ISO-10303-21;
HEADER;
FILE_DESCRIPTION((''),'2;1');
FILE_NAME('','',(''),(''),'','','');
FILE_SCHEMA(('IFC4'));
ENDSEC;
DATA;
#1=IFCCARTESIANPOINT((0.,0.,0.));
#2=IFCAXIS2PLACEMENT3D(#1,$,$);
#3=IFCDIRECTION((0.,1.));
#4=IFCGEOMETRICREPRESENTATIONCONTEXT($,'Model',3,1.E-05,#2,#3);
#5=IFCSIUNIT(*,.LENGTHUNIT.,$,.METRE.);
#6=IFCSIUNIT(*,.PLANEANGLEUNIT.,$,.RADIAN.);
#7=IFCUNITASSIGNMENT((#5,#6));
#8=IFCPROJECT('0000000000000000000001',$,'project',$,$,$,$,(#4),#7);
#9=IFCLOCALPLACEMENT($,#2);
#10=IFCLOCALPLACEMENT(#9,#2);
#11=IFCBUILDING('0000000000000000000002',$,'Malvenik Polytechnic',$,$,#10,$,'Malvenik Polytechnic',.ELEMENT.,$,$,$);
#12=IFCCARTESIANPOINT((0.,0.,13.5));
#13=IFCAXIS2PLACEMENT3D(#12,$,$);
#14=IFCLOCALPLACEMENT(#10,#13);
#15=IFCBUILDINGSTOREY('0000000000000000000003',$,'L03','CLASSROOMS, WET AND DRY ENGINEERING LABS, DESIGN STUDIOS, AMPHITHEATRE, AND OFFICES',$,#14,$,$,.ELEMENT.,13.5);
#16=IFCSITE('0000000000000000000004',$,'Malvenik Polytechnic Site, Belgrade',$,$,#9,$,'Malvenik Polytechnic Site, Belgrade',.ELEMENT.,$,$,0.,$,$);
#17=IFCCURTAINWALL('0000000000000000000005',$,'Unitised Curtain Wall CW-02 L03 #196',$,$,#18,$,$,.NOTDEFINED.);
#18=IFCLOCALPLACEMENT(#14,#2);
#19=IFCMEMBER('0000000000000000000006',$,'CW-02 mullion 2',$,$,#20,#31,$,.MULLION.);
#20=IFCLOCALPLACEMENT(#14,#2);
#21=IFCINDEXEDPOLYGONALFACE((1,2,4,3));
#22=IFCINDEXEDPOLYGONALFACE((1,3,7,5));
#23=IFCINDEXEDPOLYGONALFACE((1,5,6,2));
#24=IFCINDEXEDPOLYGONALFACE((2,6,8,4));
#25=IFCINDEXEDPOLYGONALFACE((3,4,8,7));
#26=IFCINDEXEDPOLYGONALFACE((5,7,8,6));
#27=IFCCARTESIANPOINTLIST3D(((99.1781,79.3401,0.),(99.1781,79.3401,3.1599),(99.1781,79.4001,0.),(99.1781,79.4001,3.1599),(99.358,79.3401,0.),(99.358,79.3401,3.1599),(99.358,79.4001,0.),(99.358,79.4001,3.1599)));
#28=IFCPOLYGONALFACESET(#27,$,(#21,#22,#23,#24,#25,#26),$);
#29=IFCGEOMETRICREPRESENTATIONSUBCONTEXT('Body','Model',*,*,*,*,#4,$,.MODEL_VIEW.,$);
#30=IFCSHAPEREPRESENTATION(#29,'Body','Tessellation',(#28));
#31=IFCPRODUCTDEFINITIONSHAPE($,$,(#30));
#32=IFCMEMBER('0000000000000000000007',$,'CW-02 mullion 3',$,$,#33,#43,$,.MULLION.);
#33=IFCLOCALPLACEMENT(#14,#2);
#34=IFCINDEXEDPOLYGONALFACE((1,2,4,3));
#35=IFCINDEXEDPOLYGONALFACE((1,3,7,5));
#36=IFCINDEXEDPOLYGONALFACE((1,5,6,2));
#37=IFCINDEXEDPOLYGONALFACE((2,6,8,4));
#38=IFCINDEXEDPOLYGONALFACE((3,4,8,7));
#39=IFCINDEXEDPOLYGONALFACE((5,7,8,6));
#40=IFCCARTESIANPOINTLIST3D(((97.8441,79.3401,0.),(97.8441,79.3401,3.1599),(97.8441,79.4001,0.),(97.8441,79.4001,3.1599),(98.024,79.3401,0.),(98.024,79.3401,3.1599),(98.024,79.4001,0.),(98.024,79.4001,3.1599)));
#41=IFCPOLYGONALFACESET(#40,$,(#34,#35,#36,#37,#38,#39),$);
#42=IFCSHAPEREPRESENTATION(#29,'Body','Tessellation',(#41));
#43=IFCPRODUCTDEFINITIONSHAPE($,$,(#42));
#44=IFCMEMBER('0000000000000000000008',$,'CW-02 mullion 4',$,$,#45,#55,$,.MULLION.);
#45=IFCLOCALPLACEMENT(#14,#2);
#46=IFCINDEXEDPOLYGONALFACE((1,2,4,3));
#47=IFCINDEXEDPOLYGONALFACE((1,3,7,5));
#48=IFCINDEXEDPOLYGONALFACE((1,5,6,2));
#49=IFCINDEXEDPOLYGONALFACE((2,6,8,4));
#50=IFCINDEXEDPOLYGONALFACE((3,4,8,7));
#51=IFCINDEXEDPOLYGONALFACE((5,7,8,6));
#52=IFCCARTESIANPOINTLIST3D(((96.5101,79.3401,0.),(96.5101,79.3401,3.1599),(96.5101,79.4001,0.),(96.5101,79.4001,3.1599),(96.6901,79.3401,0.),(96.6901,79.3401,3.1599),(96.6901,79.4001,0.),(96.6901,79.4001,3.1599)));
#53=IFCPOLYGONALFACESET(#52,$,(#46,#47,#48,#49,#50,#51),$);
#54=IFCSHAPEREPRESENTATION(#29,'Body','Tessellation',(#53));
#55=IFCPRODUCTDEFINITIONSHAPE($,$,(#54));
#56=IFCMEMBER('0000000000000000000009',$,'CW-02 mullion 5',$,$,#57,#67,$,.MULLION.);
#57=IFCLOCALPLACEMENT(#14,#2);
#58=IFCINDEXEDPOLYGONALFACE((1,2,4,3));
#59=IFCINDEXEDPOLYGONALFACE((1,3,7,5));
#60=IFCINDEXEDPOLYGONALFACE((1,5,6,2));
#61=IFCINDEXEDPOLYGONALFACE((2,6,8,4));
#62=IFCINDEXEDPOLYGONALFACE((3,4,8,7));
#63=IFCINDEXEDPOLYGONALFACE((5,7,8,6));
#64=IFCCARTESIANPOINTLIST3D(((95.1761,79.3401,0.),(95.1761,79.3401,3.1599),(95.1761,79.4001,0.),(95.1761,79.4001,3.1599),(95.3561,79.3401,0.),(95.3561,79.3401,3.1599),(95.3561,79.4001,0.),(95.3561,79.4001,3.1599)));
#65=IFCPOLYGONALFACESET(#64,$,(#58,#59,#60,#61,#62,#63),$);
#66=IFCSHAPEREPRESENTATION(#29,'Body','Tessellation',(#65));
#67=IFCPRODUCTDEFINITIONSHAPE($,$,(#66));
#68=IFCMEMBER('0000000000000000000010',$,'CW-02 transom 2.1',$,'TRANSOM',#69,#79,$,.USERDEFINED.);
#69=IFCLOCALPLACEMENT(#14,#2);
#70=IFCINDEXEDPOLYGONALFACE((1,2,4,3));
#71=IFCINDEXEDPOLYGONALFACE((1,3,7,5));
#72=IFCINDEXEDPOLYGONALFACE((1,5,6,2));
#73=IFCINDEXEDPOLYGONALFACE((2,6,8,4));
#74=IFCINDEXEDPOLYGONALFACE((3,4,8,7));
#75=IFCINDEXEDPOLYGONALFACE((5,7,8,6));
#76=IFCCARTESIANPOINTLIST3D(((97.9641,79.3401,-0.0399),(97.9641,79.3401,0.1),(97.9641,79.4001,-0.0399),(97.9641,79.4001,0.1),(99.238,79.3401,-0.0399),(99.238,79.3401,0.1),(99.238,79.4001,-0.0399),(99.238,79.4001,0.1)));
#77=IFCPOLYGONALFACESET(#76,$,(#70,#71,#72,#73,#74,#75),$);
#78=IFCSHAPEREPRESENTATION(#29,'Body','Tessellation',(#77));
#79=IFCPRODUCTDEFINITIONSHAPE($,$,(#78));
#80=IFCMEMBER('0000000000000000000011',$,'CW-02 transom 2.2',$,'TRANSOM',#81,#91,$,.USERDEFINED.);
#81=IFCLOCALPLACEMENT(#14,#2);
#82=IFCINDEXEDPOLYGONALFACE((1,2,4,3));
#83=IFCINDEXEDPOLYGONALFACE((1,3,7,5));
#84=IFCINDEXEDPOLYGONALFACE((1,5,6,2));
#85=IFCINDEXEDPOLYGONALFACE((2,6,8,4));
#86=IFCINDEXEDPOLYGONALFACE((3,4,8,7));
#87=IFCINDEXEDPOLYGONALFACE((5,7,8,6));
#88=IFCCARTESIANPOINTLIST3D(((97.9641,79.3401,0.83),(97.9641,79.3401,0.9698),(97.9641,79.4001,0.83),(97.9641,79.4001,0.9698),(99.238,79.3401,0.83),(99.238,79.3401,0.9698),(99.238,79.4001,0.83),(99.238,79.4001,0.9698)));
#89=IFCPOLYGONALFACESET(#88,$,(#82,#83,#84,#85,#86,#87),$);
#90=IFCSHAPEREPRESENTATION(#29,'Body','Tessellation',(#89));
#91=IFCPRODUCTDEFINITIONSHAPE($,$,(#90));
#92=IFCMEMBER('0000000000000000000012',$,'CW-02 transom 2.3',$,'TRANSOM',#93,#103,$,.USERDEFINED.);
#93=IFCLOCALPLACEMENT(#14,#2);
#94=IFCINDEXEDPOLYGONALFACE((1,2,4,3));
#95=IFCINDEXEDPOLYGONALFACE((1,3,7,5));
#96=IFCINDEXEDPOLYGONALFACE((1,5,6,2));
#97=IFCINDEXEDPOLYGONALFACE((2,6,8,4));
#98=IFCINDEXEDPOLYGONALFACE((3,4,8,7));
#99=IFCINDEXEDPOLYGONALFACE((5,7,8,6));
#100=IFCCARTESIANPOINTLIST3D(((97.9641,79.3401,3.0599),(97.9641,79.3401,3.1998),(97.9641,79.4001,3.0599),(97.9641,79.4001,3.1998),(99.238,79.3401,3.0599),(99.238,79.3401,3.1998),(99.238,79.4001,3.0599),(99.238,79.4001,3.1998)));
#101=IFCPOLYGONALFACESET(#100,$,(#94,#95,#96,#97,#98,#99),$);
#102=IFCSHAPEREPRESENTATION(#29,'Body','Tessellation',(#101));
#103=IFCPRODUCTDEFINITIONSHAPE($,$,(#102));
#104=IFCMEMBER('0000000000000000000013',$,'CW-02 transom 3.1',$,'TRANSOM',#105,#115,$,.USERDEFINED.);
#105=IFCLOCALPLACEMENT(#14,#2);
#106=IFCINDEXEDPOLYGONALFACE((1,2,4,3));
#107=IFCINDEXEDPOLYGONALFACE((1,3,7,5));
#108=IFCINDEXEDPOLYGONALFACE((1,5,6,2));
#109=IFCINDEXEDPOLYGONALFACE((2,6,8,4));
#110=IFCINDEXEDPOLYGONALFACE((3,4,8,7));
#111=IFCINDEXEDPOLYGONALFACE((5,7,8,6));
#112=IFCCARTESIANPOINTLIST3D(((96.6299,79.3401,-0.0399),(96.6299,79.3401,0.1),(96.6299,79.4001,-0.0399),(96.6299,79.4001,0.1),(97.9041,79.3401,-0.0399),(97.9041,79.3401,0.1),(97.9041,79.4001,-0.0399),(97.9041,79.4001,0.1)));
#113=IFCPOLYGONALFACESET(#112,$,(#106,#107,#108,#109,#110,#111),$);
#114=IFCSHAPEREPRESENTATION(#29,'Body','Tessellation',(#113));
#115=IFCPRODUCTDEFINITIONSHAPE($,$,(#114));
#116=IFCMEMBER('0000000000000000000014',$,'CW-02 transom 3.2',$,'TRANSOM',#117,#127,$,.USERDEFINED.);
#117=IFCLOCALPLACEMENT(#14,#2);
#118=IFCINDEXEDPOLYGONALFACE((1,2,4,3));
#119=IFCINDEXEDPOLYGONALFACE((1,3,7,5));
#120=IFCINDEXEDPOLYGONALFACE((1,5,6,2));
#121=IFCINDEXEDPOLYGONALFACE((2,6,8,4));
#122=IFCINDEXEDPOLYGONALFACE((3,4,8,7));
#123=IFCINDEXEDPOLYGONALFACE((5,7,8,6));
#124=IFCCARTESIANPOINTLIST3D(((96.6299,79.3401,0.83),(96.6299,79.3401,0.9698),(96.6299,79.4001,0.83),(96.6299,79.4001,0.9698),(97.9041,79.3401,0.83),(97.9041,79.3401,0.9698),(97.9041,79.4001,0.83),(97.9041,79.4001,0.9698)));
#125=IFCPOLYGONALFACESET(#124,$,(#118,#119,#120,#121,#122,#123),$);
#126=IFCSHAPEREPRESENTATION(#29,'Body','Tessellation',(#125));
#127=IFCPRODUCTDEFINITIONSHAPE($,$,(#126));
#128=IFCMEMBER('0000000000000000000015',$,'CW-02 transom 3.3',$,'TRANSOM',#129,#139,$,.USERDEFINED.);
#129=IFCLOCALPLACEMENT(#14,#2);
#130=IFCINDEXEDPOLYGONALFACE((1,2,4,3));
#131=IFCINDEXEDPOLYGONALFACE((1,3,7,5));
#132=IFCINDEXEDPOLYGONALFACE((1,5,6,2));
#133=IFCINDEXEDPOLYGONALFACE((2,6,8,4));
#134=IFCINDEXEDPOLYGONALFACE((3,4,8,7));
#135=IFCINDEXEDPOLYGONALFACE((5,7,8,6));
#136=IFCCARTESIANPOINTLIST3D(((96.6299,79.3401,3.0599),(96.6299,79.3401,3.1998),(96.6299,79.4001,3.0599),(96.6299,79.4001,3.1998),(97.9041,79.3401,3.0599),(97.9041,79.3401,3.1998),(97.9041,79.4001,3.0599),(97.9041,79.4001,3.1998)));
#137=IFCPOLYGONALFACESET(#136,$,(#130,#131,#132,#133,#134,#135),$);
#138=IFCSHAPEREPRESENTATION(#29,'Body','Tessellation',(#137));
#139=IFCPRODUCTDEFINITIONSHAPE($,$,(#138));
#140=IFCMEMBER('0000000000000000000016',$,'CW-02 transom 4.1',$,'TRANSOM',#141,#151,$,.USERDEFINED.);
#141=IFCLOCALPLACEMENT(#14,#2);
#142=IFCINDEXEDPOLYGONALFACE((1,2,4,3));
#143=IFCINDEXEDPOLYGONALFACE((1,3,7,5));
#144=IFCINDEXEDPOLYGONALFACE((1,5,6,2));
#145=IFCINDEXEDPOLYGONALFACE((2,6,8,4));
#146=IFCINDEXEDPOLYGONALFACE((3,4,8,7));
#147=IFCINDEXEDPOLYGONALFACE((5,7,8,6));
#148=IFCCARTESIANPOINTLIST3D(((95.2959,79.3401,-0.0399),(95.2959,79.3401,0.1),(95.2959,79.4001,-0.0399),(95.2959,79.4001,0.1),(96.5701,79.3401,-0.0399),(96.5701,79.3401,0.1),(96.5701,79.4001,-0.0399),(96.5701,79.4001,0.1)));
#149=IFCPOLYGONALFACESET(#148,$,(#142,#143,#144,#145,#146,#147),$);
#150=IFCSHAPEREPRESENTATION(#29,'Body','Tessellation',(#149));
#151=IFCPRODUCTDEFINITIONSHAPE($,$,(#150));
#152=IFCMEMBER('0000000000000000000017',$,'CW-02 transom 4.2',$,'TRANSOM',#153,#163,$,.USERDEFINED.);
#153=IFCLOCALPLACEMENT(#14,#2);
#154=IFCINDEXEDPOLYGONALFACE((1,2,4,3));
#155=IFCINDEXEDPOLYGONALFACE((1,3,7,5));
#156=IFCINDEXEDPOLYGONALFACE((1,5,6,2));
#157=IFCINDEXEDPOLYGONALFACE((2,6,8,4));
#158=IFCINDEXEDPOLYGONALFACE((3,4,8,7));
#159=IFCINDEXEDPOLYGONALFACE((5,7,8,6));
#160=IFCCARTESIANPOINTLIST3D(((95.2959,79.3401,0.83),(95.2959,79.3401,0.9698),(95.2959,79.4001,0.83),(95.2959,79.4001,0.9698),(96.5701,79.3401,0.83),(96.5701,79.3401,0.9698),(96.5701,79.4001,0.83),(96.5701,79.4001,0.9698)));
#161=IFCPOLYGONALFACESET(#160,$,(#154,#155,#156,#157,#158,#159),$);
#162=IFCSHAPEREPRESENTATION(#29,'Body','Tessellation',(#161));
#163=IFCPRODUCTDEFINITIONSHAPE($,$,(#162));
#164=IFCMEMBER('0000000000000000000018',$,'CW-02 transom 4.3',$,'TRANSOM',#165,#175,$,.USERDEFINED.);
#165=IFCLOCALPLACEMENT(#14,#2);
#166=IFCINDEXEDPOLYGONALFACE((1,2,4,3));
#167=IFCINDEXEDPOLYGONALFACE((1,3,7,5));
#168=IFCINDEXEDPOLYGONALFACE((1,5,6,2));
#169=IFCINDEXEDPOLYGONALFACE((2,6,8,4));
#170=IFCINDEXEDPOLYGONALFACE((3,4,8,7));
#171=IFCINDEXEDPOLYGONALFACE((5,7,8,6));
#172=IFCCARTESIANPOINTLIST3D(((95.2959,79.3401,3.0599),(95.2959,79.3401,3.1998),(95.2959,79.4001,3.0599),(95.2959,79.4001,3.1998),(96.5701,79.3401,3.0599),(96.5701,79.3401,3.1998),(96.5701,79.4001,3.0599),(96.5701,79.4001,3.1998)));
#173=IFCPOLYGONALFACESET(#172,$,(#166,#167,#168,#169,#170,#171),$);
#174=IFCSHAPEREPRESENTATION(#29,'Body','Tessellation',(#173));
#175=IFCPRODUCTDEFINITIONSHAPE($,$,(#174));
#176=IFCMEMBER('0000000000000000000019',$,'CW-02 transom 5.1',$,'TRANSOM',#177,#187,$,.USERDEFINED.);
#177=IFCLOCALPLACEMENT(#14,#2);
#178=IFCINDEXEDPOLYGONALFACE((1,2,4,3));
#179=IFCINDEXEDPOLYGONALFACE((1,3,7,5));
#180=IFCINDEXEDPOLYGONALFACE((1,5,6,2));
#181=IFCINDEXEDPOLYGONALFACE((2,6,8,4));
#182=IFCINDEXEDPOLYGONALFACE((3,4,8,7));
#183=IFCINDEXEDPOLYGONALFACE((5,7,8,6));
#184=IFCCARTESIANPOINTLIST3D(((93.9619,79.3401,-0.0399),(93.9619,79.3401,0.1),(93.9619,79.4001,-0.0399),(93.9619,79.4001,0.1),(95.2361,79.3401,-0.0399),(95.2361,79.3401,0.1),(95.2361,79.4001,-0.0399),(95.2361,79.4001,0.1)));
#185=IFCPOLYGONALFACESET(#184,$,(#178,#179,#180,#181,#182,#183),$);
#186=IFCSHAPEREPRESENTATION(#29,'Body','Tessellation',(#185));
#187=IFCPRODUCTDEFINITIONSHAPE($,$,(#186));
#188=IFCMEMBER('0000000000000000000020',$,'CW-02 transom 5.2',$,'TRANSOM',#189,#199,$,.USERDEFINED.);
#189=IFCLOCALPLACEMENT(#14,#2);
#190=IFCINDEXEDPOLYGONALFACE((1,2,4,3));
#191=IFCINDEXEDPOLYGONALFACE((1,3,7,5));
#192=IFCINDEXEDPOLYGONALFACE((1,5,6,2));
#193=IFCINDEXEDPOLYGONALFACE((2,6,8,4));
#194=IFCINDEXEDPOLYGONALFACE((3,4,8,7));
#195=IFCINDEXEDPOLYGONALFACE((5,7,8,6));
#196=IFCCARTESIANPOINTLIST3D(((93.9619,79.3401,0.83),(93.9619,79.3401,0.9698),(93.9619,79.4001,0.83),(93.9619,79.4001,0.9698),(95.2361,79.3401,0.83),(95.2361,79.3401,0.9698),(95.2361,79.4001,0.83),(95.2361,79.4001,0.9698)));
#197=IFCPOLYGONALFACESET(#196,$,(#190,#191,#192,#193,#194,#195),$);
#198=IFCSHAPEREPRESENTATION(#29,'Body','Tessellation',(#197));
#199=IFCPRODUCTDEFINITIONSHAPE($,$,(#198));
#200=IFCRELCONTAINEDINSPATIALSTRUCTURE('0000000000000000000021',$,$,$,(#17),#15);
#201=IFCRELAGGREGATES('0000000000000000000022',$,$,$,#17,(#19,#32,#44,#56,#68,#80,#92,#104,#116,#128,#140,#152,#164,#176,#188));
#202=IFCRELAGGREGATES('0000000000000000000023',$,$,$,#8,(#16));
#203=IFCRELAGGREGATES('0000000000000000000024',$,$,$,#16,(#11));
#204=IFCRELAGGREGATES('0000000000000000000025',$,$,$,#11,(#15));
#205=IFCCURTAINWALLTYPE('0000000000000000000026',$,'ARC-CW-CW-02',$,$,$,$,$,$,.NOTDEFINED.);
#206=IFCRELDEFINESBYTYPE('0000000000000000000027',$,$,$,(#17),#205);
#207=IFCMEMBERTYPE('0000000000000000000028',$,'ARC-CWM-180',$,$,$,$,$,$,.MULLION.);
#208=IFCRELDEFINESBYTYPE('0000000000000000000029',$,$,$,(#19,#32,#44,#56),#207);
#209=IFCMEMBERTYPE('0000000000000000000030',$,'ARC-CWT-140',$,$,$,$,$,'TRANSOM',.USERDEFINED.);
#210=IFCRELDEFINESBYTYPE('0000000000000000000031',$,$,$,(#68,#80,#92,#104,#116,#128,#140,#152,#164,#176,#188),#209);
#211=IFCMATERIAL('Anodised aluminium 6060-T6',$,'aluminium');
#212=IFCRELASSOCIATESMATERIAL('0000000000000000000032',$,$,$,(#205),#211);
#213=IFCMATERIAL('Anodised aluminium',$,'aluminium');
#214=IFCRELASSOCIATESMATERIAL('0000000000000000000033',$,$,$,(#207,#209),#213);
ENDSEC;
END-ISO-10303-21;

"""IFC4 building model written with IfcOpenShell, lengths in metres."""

from ifc_helpers import new_model, si_unit, direction, frame, origin, origin_2d, place, context, subcontext, project, spatial, rectangle, extrude, material, material_profile, profile_set, type_object, element, aggregate, save


model = new_model("IFC4")

# Units and contexts
model_context = context("Model", 3, precision=1e-05, world=origin(), true_north=direction((0.0, 1.0)))
body_context = subcontext(model_context, "Body", "Model", "MODEL_VIEW")
ifc_project = project(units=[si_unit("LENGTHUNIT", "METRE"), si_unit("PLANEANGLEUNIT", "RADIAN")], contexts=[model_context])

# Site, building, storey
site_placement = place(None, origin())
site = spatial("IfcSite", under=ifc_project, at=site_placement, Name="Malvenik Polytechnic Site, Belgrade", LongName="Malvenik Polytechnic Site, Belgrade", CompositionType="ELEMENT", RefElevation=0.0)
building_placement = place(site_placement, origin())
building = spatial("IfcBuilding", under=site, at=building_placement, Name="Malvenik Polytechnic", LongName="Malvenik Polytechnic", CompositionType="ELEMENT")
storey_placement = place(building_placement, frame((0.0, 0.0, 13.5)))
storey = spatial("IfcBuildingStorey", under=building, at=storey_placement, Name="L03", Description="CLASSROOMS, WET AND DRY ENGINEERING LABS, DESIGN STUDIOS, AMPHITHEATRE, AND OFFICES", CompositionType="ELEMENT", Elevation=13.5)

# Curtain wall, members
ifc_material_1 = material(Name="Anodised aluminium 6060-T6", Category="aluminium")
curtain_wall_type = type_object("IfcCurtainWallType", Name="ARC-CW-CW-02", PredefinedType="NOTDEFINED", material=ifc_material_1)
curtain_wall_placement = place(storey_placement, origin())
curtain_wall = element("IfcCurtainWall", 1, at=curtain_wall_placement, inside=storey, type_object=curtain_wall_type, Name="Unitised Curtain Wall CW-02 L03 #196", PredefinedType="NOTDEFINED")
ifc_material_2 = material(Name="Anodised aluminium", Category="aluminium")
ifc_material_profile_1 = material_profile(ifc_material_2, rectangle(XDim=0.0601, YDim=0.1799, at=origin_2d()), Name="ALU MULLION 60x180")
ifc_profile_set_1 = profile_set([ifc_material_profile_1], Name="Anodised aluminium")
member_type_1 = type_object("IfcMemberType", Name="ARC-CWM-180", PredefinedType="MULLION", material=ifc_profile_set_1)
member_1_placement = place(storey_placement, frame((99.2681, 79.3701, 0.0), z_axis=(0.0, 0.0, 1.0), x_axis=(0.0, -1.0, 0.0)))
member_1 = element("IfcMember", 2, at=member_1_placement, type_object=member_type_1, Name="CW-02 mullion 2", PredefinedType="MULLION", context=body_context, shape_type="SweptSolid", body=[
    extrude(rectangle(XDim=0.0601, YDim=0.1799, at=origin_2d()), origin(), (0.0, 0.0, 1.0), 3.1599),
])
member_2_placement = place(storey_placement, frame((97.9341, 79.3701, 0.0), z_axis=(0.0, 0.0, 1.0), x_axis=(0.0, -1.0, 0.0)))
member_2 = element("IfcMember", 3, at=member_2_placement, type_object=member_type_1, Name="CW-02 mullion 3", PredefinedType="MULLION", context=body_context, shape_type="SweptSolid", body=[
    extrude(rectangle(XDim=0.0601, YDim=0.1799, at=origin_2d()), origin(), (0.0, 0.0, 1.0), 3.1599),
])
member_3_placement = place(storey_placement, frame((96.6001, 79.3701, 0.0), z_axis=(0.0, 0.0, 1.0), x_axis=(0.0, -1.0, 0.0)))
member_3 = element("IfcMember", 4, at=member_3_placement, type_object=member_type_1, Name="CW-02 mullion 4", PredefinedType="MULLION", context=body_context, shape_type="SweptSolid", body=[
    extrude(rectangle(XDim=0.0601, YDim=0.1799, at=origin_2d()), origin(), (0.0, 0.0, 1.0), 3.1599),
])
member_4_placement = place(storey_placement, frame((95.2661, 79.3701, 0.0), z_axis=(0.0, 0.0, 1.0), x_axis=(0.0, -1.0, 0.0)))
member_4 = element("IfcMember", 5, at=member_4_placement, type_object=member_type_1, Name="CW-02 mullion 5", PredefinedType="MULLION", context=body_context, shape_type="SweptSolid", body=[
    extrude(rectangle(XDim=0.0601, YDim=0.1799, at=origin_2d()), origin(), (0.0, 0.0, 1.0), 3.1599),
])
ifc_material_profile_2 = material_profile(ifc_material_2, rectangle(XDim=0.0601, YDim=0.1399, at=origin_2d()), Name="ALU TRANSOM 60x140")
ifc_profile_set_2 = profile_set([ifc_material_profile_2], Name="Anodised aluminium")
member_type_2 = type_object("IfcMemberType", Name="ARC-CWT-140", ElementType="TRANSOM", PredefinedType="USERDEFINED", material=ifc_profile_set_2)
member_5_placement = place(storey_placement, frame((99.238, 79.3701, 0.03), z_axis=(-1.0, 0.0, 0.0), x_axis=(0.0, -1.0, 0.0)))
member_5 = element("IfcMember", 6, at=member_5_placement, type_object=member_type_2, Name="CW-02 transom 2.1", ObjectType="TRANSOM", PredefinedType="USERDEFINED", context=body_context, shape_type="SweptSolid", body=[
    extrude(rectangle(XDim=0.0601, YDim=0.1399, at=origin_2d()), origin(), (0.0, 0.0, 1.0), 1.2739),
])
member_6_placement = place(storey_placement, frame((99.238, 79.3701, 0.8999), z_axis=(-1.0, 0.0, 0.0), x_axis=(0.0, -1.0, 0.0)))
member_6 = element("IfcMember", 7, at=member_6_placement, type_object=member_type_2, Name="CW-02 transom 2.2", ObjectType="TRANSOM", PredefinedType="USERDEFINED", context=body_context, shape_type="SweptSolid", body=[
    extrude(rectangle(XDim=0.0601, YDim=0.1399, at=origin_2d()), origin(), (0.0, 0.0, 1.0), 1.2739),
])
member_7_placement = place(storey_placement, frame((99.238, 79.3701, 3.1299), z_axis=(-1.0, 0.0, 0.0), x_axis=(0.0, -1.0, 0.0)))
member_7 = element("IfcMember", 8, at=member_7_placement, type_object=member_type_2, Name="CW-02 transom 2.3", ObjectType="TRANSOM", PredefinedType="USERDEFINED", context=body_context, shape_type="SweptSolid", body=[
    extrude(rectangle(XDim=0.0601, YDim=0.1399, at=origin_2d()), origin(), (0.0, 0.0, 1.0), 1.2739),
])
member_8_placement = place(storey_placement, frame((97.9041, 79.3701, 0.03), z_axis=(-1.0, 0.0, 0.0), x_axis=(0.0, -1.0, 0.0)))
member_8 = element("IfcMember", 9, at=member_8_placement, type_object=member_type_2, Name="CW-02 transom 3.1", ObjectType="TRANSOM", PredefinedType="USERDEFINED", context=body_context, shape_type="SweptSolid", body=[
    extrude(rectangle(XDim=0.0601, YDim=0.1399, at=origin_2d()), origin(), (0.0, 0.0, 1.0), 1.2742),
])
member_9_placement = place(storey_placement, frame((97.9041, 79.3701, 0.8999), z_axis=(-1.0, 0.0, 0.0), x_axis=(0.0, -1.0, 0.0)))
member_9 = element("IfcMember", 10, at=member_9_placement, type_object=member_type_2, Name="CW-02 transom 3.2", ObjectType="TRANSOM", PredefinedType="USERDEFINED", context=body_context, shape_type="SweptSolid", body=[
    extrude(rectangle(XDim=0.0601, YDim=0.1399, at=origin_2d()), origin(), (0.0, 0.0, 1.0), 1.2742),
])
member_10_placement = place(storey_placement, frame((97.9041, 79.3701, 3.1299), z_axis=(-1.0, 0.0, 0.0), x_axis=(0.0, -1.0, 0.0)))
member_10 = element("IfcMember", 11, at=member_10_placement, type_object=member_type_2, Name="CW-02 transom 3.3", ObjectType="TRANSOM", PredefinedType="USERDEFINED", context=body_context, shape_type="SweptSolid", body=[
    extrude(rectangle(XDim=0.0601, YDim=0.1399, at=origin_2d()), origin(), (0.0, 0.0, 1.0), 1.2742),
])
member_11_placement = place(storey_placement, frame((96.5701, 79.3701, 0.03), z_axis=(-1.0, 0.0, 0.0), x_axis=(0.0, -1.0, 0.0)))
member_11 = element("IfcMember", 12, at=member_11_placement, type_object=member_type_2, Name="CW-02 transom 4.1", ObjectType="TRANSOM", PredefinedType="USERDEFINED", context=body_context, shape_type="SweptSolid", body=[
    extrude(rectangle(XDim=0.0601, YDim=0.1399, at=origin_2d()), origin(), (0.0, 0.0, 1.0), 1.2742),
])
member_12_placement = place(storey_placement, frame((96.5701, 79.3701, 0.8999), z_axis=(-1.0, 0.0, 0.0), x_axis=(0.0, -1.0, 0.0)))
member_12 = element("IfcMember", 13, at=member_12_placement, type_object=member_type_2, Name="CW-02 transom 4.2", ObjectType="TRANSOM", PredefinedType="USERDEFINED", context=body_context, shape_type="SweptSolid", body=[
    extrude(rectangle(XDim=0.0601, YDim=0.1399, at=origin_2d()), origin(), (0.0, 0.0, 1.0), 1.2742),
])
member_13_placement = place(storey_placement, frame((96.5701, 79.3701, 3.1299), z_axis=(-1.0, 0.0, 0.0), x_axis=(0.0, -1.0, 0.0)))
member_13 = element("IfcMember", 14, at=member_13_placement, type_object=member_type_2, Name="CW-02 transom 4.3", ObjectType="TRANSOM", PredefinedType="USERDEFINED", context=body_context, shape_type="SweptSolid", body=[
    extrude(rectangle(XDim=0.0601, YDim=0.1399, at=origin_2d()), origin(), (0.0, 0.0, 1.0), 1.2742),
])
member_14_placement = place(storey_placement, frame((95.2361, 79.3701, 0.03), z_axis=(-1.0, 0.0, 0.0), x_axis=(0.0, -1.0, 0.0)))
member_14 = element("IfcMember", 15, at=member_14_placement, type_object=member_type_2, Name="CW-02 transom 5.1", ObjectType="TRANSOM", PredefinedType="USERDEFINED", context=body_context, shape_type="SweptSolid", body=[
    extrude(rectangle(XDim=0.0601, YDim=0.1399, at=origin_2d()), origin(), (0.0, 0.0, 1.0), 1.2742),
])
member_15_placement = place(storey_placement, frame((95.2361, 79.3701, 0.8999), z_axis=(-1.0, 0.0, 0.0), x_axis=(0.0, -1.0, 0.0)))
member_15 = element("IfcMember", 16, at=member_15_placement, type_object=member_type_2, Name="CW-02 transom 5.2", ObjectType="TRANSOM", PredefinedType="USERDEFINED", context=body_context, shape_type="SweptSolid", body=[
    extrude(rectangle(XDim=0.0601, YDim=0.1399, at=origin_2d()), origin(), (0.0, 0.0, 1.0), 1.2742),
])
aggregate(curtain_wall, [member_1, member_2, member_3, member_4, member_5, member_6, member_7, member_8, member_9, member_10, member_11, member_12, member_13, member_14, member_15])

save(model, "model.ifc")
